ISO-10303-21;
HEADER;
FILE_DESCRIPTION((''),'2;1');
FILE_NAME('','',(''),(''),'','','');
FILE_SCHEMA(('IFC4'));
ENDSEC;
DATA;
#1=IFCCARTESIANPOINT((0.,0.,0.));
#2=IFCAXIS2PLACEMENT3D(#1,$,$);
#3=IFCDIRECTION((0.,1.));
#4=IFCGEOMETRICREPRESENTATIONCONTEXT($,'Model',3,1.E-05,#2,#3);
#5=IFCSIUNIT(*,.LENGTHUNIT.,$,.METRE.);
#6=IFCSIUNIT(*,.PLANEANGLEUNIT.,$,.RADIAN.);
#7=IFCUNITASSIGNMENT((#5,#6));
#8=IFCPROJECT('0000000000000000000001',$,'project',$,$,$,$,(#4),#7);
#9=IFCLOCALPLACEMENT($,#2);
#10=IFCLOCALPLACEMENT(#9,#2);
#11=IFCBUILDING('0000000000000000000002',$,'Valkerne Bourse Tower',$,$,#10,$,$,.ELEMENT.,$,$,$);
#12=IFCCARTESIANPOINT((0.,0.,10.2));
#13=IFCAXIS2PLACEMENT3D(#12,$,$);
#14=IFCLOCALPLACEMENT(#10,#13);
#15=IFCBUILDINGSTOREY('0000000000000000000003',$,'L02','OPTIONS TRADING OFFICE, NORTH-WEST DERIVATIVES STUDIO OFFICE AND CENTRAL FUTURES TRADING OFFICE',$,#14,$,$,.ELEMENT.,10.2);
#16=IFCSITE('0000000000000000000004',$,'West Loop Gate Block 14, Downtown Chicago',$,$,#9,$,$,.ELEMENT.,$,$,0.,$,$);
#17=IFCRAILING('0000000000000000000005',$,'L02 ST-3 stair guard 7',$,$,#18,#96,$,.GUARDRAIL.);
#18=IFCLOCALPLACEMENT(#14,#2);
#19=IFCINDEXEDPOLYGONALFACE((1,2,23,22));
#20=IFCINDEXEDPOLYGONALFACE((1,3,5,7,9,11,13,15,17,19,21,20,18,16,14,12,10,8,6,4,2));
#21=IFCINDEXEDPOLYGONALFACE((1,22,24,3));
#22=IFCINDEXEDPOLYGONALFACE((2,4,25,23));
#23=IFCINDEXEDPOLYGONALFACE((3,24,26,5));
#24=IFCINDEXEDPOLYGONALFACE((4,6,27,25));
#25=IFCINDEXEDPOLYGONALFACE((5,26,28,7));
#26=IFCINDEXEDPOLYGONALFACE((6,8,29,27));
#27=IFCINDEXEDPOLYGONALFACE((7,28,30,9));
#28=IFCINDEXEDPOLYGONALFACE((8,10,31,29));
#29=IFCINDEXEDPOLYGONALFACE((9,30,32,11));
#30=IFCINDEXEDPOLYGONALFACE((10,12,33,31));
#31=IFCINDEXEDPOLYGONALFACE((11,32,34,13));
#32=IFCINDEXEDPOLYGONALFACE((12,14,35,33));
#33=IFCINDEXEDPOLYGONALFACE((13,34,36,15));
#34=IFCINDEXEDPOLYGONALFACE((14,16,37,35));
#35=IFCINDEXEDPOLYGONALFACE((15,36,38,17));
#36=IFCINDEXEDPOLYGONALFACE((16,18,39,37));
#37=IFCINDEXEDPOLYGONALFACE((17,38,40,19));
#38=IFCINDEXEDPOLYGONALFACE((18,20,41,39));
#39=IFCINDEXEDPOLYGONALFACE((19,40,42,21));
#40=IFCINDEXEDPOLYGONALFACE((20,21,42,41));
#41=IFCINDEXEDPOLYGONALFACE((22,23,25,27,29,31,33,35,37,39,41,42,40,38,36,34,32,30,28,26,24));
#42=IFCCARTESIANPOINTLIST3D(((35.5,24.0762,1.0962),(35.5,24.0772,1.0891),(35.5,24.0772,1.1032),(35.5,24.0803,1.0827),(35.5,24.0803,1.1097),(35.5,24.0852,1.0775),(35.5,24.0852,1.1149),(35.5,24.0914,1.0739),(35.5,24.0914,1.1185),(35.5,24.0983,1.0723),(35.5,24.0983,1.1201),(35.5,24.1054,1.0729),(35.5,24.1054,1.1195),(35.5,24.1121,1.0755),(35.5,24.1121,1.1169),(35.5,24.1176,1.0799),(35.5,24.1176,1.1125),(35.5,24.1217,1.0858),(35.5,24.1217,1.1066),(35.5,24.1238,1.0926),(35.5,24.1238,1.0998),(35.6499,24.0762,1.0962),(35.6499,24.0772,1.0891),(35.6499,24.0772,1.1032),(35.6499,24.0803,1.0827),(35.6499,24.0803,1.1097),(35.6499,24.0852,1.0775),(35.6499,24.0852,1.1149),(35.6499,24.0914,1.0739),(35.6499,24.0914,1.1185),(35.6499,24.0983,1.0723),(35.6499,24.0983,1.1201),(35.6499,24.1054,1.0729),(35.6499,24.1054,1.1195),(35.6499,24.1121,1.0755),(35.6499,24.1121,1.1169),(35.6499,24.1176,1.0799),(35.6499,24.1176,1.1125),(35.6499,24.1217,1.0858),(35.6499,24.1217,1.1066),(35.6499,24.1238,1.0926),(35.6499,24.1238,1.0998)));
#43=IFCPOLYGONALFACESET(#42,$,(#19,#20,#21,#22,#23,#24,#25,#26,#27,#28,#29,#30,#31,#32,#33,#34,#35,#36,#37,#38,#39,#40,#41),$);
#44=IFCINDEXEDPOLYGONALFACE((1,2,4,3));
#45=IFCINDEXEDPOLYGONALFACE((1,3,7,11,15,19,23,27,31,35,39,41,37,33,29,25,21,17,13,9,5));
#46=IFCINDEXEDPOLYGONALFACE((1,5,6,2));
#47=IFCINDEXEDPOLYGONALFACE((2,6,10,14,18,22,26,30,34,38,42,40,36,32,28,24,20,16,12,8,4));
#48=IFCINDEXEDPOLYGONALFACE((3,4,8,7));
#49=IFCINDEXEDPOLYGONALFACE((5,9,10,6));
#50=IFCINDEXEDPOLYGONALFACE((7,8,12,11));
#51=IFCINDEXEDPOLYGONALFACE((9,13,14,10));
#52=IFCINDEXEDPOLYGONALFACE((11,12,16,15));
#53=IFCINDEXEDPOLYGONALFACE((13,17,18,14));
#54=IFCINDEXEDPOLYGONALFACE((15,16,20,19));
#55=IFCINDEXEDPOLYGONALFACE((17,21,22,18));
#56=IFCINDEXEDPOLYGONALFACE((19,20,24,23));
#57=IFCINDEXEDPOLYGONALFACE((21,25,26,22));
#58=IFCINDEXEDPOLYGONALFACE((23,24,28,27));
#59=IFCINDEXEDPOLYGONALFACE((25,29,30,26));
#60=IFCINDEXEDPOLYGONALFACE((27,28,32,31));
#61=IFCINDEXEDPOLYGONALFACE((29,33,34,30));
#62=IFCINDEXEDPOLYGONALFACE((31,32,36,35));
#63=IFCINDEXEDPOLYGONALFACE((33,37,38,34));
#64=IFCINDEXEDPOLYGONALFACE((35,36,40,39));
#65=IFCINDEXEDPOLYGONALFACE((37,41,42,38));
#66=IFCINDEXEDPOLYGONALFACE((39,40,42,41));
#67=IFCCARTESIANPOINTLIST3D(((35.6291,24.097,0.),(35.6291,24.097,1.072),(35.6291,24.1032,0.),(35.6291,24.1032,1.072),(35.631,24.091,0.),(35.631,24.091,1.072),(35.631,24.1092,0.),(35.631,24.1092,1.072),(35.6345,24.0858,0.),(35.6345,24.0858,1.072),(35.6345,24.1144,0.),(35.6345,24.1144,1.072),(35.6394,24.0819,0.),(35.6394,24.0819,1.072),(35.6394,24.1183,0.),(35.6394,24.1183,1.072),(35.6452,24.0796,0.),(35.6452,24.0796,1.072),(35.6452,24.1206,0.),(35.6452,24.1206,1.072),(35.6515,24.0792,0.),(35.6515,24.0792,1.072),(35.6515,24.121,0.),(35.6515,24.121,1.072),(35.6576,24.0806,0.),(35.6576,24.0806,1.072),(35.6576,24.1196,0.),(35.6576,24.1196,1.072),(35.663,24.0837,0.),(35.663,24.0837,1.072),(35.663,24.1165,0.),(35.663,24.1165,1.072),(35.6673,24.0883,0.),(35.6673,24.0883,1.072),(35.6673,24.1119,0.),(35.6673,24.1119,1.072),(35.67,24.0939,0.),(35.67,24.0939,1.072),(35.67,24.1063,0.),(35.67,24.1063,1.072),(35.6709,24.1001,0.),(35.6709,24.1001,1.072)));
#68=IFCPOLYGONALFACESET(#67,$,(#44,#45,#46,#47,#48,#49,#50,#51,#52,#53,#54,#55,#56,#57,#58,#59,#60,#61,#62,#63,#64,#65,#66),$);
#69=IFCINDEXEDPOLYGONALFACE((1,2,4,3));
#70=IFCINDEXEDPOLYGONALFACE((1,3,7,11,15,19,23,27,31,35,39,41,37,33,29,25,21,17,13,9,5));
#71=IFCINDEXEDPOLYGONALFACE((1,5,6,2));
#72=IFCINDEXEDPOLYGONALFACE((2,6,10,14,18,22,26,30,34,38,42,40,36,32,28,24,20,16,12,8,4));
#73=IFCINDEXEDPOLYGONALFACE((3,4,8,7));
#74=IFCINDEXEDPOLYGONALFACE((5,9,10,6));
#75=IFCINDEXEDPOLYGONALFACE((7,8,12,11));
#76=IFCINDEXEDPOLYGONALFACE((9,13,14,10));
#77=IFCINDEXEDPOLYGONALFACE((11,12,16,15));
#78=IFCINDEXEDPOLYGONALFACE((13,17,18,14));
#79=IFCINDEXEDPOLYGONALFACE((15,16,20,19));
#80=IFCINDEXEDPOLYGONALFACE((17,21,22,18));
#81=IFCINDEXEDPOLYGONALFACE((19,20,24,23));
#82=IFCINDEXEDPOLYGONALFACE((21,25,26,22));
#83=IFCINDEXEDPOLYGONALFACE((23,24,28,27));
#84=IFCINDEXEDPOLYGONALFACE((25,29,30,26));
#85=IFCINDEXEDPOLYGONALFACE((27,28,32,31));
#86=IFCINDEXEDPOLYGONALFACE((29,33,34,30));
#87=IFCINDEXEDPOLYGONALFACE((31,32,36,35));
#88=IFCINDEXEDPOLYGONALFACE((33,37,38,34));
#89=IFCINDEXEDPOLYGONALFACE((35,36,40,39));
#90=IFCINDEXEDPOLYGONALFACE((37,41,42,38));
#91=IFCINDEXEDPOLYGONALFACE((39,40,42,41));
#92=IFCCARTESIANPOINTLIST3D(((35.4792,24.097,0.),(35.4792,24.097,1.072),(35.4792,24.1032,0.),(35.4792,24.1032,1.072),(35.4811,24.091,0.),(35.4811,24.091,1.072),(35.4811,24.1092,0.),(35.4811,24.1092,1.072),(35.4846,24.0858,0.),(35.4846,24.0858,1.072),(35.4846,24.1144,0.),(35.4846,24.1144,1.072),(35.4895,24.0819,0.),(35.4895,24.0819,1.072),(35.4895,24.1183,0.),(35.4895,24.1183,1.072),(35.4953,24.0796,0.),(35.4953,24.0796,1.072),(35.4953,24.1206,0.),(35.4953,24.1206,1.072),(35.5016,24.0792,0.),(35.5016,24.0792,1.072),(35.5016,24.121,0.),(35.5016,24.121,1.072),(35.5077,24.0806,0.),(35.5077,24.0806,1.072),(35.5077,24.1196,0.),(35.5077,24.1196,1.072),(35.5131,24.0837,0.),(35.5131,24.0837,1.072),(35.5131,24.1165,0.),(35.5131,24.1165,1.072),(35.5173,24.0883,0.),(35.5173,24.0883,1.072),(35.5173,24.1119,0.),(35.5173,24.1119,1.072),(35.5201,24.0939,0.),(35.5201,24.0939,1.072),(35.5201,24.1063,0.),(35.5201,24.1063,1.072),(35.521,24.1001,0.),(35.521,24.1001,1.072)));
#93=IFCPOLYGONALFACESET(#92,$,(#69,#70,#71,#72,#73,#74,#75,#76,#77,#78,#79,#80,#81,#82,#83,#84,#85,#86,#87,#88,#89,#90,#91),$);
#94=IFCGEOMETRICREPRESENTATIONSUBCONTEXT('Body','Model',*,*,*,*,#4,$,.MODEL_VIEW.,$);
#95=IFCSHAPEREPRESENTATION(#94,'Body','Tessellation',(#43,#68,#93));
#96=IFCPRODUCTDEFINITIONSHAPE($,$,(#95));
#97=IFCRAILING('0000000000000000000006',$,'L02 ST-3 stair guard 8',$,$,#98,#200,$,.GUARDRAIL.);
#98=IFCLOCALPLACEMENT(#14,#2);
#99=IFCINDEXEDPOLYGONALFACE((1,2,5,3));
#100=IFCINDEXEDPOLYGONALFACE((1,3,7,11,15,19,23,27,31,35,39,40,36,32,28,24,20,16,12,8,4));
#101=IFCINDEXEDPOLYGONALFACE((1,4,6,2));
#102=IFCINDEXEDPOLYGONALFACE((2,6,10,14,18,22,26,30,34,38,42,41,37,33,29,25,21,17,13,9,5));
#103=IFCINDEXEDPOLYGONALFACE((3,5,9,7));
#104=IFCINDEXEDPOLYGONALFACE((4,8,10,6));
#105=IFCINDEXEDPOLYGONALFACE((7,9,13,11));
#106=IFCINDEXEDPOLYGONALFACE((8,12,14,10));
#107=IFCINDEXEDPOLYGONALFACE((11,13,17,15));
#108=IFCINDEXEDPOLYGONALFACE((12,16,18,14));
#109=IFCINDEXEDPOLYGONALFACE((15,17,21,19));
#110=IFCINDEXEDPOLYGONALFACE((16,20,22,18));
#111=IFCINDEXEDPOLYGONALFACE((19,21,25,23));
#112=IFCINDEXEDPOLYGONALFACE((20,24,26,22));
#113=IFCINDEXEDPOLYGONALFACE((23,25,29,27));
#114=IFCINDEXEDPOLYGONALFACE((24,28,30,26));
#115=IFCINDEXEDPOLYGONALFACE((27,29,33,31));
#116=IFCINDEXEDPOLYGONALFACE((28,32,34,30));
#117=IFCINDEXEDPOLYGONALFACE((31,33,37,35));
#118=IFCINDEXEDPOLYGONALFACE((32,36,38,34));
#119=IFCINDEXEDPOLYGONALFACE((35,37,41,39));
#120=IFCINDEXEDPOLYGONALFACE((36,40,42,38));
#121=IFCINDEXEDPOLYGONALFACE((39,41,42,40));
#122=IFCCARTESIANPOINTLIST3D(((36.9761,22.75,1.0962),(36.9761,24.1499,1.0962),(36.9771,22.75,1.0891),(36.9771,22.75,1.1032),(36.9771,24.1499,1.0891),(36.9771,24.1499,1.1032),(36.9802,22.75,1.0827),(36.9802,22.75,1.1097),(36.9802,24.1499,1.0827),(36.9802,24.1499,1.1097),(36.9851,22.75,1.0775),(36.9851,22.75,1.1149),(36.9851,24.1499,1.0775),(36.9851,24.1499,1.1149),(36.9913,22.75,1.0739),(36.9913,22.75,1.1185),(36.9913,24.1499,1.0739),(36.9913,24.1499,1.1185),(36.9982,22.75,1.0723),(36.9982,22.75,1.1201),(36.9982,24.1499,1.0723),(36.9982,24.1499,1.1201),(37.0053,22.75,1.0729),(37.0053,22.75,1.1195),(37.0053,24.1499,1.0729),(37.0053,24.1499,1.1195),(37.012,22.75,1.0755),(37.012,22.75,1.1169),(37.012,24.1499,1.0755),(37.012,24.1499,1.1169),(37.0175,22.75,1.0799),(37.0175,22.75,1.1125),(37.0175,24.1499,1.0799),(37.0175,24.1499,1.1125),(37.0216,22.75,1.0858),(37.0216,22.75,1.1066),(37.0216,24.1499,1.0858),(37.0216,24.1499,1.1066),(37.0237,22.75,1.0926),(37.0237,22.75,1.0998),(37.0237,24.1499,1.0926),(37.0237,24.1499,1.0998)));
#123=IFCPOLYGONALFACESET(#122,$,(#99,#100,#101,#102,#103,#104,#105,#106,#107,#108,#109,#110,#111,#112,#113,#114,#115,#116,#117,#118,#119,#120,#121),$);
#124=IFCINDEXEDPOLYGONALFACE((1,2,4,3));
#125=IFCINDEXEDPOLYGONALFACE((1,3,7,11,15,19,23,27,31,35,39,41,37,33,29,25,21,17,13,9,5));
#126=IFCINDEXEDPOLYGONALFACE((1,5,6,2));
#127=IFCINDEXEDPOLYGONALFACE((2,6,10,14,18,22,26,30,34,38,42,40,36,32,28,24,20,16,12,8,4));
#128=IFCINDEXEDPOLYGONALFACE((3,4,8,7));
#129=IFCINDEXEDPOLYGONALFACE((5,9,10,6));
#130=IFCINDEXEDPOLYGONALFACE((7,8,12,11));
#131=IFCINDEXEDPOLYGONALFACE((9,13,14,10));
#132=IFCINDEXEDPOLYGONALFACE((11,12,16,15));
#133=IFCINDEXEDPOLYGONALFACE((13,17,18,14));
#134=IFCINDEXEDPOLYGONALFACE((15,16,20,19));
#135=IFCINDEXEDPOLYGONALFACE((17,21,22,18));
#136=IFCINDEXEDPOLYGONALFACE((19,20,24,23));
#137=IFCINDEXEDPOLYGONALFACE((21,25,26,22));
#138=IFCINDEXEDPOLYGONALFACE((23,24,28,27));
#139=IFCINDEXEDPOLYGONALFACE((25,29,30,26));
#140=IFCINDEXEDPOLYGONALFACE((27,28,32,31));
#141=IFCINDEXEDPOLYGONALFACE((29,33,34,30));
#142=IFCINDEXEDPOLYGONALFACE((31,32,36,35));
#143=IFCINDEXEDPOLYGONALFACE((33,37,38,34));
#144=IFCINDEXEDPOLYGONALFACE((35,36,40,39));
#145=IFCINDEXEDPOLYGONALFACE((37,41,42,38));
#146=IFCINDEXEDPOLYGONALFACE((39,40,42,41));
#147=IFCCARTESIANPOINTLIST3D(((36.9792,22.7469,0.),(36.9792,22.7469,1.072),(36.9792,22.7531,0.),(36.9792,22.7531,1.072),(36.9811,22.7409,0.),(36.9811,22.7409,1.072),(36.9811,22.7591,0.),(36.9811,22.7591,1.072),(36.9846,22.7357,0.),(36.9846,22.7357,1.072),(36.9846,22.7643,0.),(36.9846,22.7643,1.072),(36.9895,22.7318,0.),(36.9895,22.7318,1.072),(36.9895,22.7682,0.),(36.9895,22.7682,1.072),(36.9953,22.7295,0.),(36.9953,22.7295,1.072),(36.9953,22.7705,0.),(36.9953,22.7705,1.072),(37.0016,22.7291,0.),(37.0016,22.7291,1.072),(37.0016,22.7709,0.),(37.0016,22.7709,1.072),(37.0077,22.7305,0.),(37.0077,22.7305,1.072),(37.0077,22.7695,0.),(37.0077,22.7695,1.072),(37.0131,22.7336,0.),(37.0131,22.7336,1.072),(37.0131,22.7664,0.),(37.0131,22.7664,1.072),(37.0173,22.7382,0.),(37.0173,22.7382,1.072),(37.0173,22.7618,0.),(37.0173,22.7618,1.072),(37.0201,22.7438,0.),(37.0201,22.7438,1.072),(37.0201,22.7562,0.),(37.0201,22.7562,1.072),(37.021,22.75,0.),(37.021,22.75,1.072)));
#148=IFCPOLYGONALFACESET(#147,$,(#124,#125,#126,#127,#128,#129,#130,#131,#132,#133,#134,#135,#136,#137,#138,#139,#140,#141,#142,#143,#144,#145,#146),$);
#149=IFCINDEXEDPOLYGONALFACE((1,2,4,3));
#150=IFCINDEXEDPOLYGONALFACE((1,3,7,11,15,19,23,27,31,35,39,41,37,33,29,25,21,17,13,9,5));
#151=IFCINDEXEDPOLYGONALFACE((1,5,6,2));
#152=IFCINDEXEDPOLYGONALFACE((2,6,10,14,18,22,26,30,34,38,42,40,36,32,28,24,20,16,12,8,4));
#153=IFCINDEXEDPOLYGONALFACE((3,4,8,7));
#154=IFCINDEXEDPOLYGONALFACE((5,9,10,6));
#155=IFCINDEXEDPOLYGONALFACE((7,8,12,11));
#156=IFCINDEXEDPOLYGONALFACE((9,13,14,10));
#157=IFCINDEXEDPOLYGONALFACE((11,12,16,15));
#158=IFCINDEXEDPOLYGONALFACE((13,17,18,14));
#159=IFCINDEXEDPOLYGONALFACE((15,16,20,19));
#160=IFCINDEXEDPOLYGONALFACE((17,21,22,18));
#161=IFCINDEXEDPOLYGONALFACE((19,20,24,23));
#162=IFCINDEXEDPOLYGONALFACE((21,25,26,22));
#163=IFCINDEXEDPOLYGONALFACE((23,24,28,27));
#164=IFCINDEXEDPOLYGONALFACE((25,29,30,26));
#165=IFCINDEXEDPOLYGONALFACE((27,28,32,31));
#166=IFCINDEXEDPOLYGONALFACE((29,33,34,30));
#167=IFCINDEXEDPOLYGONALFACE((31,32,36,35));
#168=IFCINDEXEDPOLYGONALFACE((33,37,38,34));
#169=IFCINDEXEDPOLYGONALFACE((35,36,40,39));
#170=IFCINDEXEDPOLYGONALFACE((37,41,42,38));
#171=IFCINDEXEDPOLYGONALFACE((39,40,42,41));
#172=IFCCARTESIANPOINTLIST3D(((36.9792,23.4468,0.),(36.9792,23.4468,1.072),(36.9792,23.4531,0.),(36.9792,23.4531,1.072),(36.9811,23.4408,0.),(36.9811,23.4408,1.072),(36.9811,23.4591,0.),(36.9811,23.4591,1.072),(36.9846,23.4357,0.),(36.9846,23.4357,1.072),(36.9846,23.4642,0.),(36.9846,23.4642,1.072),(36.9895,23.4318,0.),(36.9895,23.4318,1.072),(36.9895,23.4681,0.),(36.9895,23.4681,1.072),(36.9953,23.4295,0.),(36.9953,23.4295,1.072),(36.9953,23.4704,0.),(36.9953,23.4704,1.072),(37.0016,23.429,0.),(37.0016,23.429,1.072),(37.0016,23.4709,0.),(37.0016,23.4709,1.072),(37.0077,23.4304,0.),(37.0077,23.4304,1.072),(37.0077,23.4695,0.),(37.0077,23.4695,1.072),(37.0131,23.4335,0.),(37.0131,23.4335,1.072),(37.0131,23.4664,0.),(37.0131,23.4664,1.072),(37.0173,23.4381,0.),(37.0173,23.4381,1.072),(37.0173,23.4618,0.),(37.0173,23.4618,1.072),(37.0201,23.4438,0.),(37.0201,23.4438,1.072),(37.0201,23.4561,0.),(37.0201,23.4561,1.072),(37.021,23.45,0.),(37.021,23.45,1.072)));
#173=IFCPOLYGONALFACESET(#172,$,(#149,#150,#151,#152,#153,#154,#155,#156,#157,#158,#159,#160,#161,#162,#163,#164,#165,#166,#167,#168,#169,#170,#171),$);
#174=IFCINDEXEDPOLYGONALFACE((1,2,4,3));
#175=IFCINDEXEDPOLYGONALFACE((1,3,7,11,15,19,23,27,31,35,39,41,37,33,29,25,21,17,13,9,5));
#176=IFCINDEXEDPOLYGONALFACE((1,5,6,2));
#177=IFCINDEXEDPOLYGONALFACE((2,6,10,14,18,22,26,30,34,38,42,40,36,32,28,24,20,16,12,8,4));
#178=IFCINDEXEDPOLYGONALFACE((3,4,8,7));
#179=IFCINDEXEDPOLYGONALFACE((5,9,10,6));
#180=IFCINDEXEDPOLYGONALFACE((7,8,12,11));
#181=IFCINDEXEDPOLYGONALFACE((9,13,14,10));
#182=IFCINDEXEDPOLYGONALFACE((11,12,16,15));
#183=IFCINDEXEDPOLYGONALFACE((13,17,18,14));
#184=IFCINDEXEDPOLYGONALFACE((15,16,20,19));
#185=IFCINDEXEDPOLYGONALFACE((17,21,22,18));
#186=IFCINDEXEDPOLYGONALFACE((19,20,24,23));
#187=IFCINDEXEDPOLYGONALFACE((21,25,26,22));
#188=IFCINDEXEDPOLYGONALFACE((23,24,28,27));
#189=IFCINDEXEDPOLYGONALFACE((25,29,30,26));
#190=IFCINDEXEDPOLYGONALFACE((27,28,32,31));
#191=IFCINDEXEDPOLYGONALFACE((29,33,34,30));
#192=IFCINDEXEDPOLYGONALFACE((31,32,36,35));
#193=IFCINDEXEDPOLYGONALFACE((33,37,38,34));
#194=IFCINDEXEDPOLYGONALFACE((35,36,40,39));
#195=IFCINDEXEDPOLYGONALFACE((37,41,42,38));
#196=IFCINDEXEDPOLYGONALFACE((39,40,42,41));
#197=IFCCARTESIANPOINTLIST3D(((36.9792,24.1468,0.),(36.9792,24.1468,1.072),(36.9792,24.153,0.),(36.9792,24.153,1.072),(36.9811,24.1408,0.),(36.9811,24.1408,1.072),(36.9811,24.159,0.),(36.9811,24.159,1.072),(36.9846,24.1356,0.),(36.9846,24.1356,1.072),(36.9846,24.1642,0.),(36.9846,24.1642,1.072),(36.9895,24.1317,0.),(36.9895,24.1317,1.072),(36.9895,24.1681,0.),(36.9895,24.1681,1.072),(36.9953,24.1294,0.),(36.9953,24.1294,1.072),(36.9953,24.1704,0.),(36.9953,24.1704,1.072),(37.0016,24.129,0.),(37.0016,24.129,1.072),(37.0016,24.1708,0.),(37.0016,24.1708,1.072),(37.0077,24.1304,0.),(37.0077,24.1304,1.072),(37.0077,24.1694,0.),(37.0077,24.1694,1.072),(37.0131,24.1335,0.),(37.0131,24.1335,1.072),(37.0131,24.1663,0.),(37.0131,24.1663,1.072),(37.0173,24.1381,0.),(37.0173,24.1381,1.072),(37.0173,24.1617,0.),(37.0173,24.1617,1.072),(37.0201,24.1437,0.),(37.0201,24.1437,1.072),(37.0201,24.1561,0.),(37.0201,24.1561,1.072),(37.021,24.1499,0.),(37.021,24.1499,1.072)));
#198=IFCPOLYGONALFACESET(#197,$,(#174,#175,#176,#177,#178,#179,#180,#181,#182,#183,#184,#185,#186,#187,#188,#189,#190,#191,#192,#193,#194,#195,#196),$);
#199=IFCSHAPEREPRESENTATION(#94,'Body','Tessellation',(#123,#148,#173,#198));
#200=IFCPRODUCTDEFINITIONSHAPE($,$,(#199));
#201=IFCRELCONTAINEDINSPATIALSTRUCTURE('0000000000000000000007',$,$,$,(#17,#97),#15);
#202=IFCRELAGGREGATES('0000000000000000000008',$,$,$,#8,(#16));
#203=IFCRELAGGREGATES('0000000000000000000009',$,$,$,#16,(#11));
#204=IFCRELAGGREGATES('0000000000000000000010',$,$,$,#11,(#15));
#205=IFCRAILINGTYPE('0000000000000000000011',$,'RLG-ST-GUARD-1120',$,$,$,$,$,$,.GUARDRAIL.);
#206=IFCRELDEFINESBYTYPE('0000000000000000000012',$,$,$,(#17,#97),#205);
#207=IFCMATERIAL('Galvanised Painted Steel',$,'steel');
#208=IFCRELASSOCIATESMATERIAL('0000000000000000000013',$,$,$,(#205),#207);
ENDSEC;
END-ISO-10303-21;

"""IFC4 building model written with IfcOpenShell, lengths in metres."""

from ifc_helpers import new_model, si_unit, direction, frame, origin, origin_2d, place, context, subcontext, project, spatial, circle, extrude, material, type_object, element, save


model = new_model("IFC4")

# Units and contexts
model_context = context("Model", 3, precision=1e-05, world=origin(), true_north=direction((0.0, 1.0)))
body_context = subcontext(model_context, "Body", "Model", "MODEL_VIEW")
ifc_project = project(units=[si_unit("LENGTHUNIT", "METRE"), si_unit("PLANEANGLEUNIT", "RADIAN")], contexts=[model_context])

# Site, building, storey
site_placement = place(None, origin())
site = spatial("IfcSite", under=ifc_project, at=site_placement, Name="West Loop Gate Block 14, Downtown Chicago", CompositionType="ELEMENT", RefElevation=0.0)
building_placement = place(site_placement, origin())
building = spatial("IfcBuilding", under=site, at=building_placement, Name="Valkerne Bourse Tower", CompositionType="ELEMENT")
storey_placement = place(building_placement, frame((0.0, 0.0, 10.2)))
storey = spatial("IfcBuildingStorey", under=building, at=storey_placement, Name="L02", Description="OPTIONS TRADING OFFICE, NORTH-WEST DERIVATIVES STUDIO OFFICE AND CENTRAL FUTURES TRADING OFFICE", CompositionType="ELEMENT", Elevation=10.2)

# Shared definitions
ifc_material_1 = material(Name="Galvanised Painted Steel", Category="steel")

# Railings
railing_type_1 = type_object("IfcRailingType", Name="RLG-ST-GUARD-1120", PredefinedType="GUARDRAIL", material=ifc_material_1)
railing_1_placement = place(storey_placement, frame((35.6499, 24.1001, 0.0)))
element("IfcRailing", 1, at=railing_1_placement, inside=storey, type_object=railing_type_1, Name="L02 ST-3 stair guard 7", PredefinedType="GUARDRAIL", context=body_context, shape_type="SweptSolid", body=[
    extrude(circle(Radius=0.0239, at=origin_2d()), frame((0.0, 0.0, 1.0962), z_axis=(-1.0, 0.0, 0.0), x_axis=(0.0, -1.0, 0.0)), (0.0, 0.0, 1.0), 0.1499),
    extrude(circle(Radius=0.021, at=origin_2d()), origin(), (0.0, 0.0, 1.0), 1.072),
    extrude(circle(Radius=0.021, at=origin_2d()), frame((-0.1499, 0.0, 0.0)), (0.0, 0.0, 1.0), 1.072),
])
for number, where, name in (
    (2, (37.0, 22.75, 0.0), "L02 ST-3 stair guard 8"),
):
    element("IfcRailing", number, at=place(storey_placement, frame(where)), inside=storey, type_object=railing_type_1, Name=name, PredefinedType="GUARDRAIL", context=body_context, shape_type="SweptSolid", body=[
        extrude(circle(Radius=0.0239, at=origin_2d()), frame((0.0, 0.0, 1.0962), z_axis=(0.0, 1.0, 0.0), x_axis=(-1.0, 0.0, 0.0)), (0.0, 0.0, 1.0), 1.3999),
        extrude(circle(Radius=0.021, at=origin_2d()), origin(), (0.0, 0.0, 1.0), 1.072),
        extrude(circle(Radius=0.021, at=origin_2d()), frame((0.0, 0.7, 0.0)), (0.0, 0.0, 1.0), 1.072),
        extrude(circle(Radius=0.021, at=origin_2d()), frame((0.0, 1.3999, 0.0)), (0.0, 0.0, 1.0), 1.072),
    ])

save(model, "model.ifc")
